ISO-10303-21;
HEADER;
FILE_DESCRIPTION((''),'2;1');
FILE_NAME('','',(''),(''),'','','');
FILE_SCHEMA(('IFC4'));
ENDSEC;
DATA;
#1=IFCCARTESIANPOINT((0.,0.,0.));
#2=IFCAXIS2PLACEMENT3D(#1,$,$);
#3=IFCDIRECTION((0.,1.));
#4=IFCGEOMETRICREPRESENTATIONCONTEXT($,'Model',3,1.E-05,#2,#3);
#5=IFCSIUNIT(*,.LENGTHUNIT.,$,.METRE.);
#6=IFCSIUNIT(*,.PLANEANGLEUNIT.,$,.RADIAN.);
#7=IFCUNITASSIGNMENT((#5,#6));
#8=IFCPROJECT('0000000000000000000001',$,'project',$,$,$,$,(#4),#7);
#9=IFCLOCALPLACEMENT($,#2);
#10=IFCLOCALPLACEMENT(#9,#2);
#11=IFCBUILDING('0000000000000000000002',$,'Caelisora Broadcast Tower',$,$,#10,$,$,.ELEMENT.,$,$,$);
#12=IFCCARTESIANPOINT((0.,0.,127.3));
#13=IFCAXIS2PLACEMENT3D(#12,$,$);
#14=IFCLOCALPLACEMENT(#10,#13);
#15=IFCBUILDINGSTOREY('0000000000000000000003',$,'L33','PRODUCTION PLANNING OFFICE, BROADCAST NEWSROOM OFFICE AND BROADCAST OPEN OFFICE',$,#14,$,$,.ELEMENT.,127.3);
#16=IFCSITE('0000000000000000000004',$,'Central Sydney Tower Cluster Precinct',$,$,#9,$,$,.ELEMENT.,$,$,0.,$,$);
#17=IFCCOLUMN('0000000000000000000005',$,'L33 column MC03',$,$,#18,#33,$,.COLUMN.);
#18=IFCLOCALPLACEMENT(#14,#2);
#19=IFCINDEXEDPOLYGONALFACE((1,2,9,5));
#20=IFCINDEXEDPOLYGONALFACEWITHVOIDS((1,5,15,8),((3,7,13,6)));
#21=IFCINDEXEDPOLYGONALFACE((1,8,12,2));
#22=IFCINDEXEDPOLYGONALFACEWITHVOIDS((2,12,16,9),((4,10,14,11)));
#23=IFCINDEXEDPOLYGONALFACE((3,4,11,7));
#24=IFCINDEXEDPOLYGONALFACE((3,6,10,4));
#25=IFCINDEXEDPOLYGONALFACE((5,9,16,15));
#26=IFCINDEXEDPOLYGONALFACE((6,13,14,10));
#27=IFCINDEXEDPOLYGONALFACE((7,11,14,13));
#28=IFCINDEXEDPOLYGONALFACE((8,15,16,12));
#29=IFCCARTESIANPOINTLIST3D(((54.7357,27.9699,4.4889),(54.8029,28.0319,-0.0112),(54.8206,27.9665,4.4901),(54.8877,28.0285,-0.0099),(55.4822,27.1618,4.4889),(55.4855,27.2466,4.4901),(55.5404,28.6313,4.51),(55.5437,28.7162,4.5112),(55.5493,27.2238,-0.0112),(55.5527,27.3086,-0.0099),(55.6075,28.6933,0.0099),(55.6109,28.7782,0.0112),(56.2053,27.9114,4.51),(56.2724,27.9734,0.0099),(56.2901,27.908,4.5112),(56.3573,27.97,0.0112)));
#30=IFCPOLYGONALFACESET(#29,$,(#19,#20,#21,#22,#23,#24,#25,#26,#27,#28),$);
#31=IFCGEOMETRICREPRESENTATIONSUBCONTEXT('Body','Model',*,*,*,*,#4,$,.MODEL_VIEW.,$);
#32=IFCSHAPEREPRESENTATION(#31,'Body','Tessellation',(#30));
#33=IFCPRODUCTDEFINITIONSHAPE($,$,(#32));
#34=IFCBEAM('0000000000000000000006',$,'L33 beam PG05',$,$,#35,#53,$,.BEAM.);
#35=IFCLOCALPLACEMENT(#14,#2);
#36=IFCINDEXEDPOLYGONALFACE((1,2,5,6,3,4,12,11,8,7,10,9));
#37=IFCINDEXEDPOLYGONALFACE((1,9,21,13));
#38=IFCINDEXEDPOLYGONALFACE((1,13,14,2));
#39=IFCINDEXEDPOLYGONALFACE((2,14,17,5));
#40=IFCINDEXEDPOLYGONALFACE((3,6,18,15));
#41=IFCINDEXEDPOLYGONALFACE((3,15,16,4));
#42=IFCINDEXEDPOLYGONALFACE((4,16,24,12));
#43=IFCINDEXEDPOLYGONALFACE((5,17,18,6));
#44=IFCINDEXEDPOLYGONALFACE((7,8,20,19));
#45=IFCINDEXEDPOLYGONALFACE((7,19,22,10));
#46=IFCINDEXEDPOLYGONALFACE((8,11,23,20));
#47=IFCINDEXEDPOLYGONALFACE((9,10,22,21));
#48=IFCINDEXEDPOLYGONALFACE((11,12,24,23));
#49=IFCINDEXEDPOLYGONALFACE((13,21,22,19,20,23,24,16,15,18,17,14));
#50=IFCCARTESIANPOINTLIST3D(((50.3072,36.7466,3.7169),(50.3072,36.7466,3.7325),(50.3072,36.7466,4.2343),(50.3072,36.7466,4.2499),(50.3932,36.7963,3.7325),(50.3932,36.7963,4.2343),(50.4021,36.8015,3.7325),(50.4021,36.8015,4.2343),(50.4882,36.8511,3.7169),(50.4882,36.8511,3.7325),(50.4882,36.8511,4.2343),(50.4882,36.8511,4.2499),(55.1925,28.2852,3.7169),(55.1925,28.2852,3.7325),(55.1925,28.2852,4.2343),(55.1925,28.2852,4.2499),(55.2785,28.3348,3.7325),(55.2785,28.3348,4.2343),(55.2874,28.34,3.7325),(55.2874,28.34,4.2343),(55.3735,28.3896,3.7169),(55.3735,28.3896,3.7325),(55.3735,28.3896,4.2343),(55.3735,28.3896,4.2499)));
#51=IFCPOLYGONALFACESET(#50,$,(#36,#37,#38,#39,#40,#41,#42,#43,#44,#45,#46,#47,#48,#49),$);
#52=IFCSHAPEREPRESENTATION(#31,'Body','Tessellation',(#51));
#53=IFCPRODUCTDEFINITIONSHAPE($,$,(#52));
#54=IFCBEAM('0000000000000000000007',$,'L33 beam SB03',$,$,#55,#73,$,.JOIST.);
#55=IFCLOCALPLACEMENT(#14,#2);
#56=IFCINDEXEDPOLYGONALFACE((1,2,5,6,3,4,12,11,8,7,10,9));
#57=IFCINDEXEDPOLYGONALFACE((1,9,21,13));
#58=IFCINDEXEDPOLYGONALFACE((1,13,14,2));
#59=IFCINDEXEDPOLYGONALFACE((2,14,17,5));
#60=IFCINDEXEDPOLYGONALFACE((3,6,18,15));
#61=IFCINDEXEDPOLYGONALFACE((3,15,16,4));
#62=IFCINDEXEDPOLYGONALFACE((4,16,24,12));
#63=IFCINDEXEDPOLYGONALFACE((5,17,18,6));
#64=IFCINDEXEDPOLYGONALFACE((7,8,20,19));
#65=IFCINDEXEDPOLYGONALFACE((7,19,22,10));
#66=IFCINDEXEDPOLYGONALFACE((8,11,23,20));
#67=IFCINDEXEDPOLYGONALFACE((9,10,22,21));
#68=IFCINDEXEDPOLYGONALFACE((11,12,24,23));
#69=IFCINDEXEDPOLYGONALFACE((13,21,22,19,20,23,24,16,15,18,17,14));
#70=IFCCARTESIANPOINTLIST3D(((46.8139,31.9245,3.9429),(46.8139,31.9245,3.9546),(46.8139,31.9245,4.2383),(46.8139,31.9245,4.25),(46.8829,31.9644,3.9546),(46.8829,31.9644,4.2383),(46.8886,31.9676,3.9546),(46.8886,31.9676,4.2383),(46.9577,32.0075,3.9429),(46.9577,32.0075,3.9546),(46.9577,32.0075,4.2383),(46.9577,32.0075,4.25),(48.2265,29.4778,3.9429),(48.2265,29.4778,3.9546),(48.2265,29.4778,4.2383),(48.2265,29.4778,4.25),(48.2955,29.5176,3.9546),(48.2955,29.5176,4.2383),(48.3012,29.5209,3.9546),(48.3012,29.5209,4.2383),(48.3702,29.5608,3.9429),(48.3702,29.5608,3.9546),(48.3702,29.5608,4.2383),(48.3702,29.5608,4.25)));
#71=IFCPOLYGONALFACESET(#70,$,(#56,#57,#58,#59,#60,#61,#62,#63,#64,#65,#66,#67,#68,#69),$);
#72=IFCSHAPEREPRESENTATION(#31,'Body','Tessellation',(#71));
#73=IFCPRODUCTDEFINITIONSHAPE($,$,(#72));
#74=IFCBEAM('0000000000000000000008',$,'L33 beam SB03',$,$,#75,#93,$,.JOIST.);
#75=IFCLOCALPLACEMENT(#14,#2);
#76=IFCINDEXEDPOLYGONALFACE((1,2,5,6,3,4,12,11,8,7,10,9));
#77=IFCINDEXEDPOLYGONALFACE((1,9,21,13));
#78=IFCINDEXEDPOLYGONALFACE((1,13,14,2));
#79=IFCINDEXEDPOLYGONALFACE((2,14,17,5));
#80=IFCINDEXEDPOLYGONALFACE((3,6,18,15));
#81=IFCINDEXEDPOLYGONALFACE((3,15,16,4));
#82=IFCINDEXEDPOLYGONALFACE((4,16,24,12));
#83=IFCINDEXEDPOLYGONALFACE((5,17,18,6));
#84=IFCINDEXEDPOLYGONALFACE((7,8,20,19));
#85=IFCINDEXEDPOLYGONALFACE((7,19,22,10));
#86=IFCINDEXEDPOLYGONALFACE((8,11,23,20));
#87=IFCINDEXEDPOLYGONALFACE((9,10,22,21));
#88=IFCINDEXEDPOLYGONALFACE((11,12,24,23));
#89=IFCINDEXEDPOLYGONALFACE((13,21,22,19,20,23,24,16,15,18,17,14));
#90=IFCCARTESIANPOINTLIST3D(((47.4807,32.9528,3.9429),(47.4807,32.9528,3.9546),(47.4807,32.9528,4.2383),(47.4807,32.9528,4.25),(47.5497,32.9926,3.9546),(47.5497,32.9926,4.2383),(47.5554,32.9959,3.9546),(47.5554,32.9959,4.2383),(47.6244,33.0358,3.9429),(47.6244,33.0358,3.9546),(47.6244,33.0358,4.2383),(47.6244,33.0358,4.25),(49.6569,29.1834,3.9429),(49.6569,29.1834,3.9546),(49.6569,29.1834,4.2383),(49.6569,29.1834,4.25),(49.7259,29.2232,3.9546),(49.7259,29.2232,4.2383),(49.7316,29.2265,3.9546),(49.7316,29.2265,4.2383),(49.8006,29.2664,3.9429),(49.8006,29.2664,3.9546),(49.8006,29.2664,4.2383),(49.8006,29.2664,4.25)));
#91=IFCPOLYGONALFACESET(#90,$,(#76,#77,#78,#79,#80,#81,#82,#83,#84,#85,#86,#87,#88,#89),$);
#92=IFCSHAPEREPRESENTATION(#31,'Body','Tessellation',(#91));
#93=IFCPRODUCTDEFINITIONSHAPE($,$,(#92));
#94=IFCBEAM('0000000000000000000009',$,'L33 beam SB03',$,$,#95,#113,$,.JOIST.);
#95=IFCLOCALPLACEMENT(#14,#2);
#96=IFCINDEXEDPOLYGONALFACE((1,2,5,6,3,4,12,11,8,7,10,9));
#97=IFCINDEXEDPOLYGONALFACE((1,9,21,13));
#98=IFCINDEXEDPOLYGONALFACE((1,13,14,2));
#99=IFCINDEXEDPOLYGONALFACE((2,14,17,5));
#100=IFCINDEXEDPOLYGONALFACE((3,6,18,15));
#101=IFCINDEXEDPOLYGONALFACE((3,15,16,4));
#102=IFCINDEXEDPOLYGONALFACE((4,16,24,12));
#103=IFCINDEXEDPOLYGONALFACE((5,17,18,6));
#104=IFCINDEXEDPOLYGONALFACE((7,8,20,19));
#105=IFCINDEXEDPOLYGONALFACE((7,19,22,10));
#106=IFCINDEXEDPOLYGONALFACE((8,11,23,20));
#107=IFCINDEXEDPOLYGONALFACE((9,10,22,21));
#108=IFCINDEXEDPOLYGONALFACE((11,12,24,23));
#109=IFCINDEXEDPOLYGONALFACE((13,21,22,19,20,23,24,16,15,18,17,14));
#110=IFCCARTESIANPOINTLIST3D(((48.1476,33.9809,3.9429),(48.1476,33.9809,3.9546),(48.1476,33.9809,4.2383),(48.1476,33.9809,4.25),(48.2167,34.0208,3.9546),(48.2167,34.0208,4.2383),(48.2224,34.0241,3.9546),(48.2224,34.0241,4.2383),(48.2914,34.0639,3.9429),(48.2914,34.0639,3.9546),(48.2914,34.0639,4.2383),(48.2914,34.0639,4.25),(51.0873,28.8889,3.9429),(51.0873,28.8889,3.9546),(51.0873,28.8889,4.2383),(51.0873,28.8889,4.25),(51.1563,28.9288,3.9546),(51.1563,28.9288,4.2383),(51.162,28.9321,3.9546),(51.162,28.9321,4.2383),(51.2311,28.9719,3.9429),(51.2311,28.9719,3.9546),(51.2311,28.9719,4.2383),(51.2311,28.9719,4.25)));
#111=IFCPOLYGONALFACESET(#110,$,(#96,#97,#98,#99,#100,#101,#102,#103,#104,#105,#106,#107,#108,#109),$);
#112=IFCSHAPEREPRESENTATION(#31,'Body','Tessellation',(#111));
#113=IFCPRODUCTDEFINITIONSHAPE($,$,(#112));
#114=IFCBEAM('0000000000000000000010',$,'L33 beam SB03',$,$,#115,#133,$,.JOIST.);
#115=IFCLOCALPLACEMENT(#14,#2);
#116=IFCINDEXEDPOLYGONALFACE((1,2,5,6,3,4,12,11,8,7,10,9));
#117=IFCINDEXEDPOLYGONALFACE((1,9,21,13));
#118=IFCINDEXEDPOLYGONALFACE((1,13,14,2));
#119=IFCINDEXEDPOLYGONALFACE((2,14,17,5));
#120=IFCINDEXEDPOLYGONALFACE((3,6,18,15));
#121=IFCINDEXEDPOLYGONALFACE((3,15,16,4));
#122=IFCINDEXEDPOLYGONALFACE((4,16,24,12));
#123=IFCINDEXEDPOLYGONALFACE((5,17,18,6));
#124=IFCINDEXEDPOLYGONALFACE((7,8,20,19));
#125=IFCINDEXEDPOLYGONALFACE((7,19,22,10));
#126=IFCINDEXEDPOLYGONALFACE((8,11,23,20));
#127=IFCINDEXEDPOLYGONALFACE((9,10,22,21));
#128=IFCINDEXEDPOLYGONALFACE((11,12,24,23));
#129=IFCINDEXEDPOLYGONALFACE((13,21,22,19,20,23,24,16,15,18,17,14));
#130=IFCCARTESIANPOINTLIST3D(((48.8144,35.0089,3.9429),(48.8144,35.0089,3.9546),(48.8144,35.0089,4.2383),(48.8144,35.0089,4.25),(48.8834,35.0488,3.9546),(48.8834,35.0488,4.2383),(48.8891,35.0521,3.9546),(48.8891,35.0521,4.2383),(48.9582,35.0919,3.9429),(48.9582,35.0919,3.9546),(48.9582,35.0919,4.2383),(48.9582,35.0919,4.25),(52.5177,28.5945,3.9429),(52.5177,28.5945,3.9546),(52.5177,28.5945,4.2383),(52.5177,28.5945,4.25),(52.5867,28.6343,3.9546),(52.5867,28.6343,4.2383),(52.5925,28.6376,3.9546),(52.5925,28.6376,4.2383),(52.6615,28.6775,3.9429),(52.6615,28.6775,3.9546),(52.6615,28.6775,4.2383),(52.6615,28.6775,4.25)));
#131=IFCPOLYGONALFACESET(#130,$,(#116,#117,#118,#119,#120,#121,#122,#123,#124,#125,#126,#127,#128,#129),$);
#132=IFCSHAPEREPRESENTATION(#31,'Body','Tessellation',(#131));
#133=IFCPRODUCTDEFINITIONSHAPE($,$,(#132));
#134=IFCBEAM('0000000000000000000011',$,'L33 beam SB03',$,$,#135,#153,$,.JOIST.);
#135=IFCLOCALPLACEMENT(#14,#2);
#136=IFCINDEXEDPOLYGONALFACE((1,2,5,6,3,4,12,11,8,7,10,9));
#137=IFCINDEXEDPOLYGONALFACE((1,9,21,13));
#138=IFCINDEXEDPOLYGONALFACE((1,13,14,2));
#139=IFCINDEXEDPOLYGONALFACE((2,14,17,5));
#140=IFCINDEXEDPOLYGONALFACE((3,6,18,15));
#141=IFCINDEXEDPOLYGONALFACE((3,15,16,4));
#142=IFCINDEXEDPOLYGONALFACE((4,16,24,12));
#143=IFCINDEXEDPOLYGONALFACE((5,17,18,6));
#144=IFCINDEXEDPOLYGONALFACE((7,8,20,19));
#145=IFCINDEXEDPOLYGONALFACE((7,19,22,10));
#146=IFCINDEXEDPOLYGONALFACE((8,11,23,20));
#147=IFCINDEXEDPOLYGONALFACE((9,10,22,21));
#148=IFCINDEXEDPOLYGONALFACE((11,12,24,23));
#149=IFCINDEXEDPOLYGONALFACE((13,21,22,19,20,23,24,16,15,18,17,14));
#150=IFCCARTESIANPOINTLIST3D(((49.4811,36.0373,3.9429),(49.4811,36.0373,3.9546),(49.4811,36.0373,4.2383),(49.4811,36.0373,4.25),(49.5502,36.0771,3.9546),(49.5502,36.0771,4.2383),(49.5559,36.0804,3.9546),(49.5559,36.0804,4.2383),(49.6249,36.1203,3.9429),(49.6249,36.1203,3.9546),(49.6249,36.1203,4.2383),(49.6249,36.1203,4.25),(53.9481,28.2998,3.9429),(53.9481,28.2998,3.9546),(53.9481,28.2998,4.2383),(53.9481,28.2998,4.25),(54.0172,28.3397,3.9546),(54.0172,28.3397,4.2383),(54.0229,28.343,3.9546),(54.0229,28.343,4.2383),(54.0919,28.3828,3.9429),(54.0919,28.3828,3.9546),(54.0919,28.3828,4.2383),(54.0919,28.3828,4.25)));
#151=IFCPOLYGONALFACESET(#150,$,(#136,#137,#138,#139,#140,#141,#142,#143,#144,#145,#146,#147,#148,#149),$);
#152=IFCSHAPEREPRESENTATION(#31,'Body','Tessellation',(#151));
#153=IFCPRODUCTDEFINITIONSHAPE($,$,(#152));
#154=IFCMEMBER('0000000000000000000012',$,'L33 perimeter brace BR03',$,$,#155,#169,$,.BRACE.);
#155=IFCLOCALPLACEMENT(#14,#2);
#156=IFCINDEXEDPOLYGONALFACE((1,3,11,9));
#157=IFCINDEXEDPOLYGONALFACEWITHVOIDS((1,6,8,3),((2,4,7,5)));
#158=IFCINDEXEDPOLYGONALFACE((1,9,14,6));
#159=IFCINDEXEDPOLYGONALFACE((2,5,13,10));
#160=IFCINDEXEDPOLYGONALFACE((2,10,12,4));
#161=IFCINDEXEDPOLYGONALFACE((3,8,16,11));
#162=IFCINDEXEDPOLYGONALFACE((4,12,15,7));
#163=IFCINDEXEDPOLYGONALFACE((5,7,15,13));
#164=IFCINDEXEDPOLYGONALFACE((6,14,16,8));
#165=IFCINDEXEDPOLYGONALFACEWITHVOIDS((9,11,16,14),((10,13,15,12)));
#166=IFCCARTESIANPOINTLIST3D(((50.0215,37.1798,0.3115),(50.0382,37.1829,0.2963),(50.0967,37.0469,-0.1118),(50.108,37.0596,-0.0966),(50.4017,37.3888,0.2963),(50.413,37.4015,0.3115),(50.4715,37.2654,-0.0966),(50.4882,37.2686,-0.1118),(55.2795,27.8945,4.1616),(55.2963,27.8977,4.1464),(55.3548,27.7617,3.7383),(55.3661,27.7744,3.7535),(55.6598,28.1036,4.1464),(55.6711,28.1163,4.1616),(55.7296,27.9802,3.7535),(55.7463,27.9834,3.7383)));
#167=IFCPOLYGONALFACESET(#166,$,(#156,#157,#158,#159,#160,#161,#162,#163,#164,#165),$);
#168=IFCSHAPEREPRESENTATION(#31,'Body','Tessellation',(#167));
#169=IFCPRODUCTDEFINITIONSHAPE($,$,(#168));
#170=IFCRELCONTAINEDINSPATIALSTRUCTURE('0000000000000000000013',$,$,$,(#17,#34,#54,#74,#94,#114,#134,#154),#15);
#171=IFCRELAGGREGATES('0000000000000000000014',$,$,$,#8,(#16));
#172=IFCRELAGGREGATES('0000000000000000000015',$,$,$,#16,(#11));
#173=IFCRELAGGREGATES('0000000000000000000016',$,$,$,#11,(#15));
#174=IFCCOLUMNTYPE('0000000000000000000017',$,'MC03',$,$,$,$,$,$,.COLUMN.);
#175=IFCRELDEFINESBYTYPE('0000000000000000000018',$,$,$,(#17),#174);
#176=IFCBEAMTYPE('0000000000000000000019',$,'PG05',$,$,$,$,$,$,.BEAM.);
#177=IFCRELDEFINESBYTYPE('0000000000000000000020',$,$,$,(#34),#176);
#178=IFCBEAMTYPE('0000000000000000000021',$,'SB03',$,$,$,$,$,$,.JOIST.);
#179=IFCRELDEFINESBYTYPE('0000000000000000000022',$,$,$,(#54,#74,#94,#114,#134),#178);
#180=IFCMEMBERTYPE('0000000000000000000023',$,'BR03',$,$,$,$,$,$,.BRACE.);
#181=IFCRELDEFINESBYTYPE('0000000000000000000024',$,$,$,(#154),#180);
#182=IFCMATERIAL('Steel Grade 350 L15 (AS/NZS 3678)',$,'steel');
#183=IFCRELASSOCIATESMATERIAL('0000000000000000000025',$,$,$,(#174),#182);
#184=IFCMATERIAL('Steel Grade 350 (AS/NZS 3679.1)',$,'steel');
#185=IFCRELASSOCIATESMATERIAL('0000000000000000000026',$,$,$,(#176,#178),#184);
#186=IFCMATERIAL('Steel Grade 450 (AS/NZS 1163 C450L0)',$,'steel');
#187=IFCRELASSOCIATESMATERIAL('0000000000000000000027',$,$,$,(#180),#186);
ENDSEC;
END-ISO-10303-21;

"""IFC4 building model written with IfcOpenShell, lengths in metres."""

from ifc_helpers import new_model, si_unit, direction, frame, origin, origin_2d, place, context, subcontext, project, spatial, hollow_rectangle, i_section, extrude, source, transform, mapped, material, material_profile, profile_set, type_object, type_shapes, element, save


model = new_model("IFC4")

# Units and contexts
model_context = context("Model", 3, precision=1e-05, world=origin(), true_north=direction((0.0, 1.0)))
body_context = subcontext(model_context, "Body", "Model", "MODEL_VIEW")
ifc_project = project(units=[si_unit("LENGTHUNIT", "METRE"), si_unit("PLANEANGLEUNIT", "RADIAN")], contexts=[model_context])

# Site, building, storey
site_placement = place(None, origin())
site = spatial("IfcSite", under=ifc_project, at=site_placement, Name="Central Sydney Tower Cluster Precinct", CompositionType="ELEMENT", RefElevation=0.0)
building_placement = place(site_placement, origin())
building = spatial("IfcBuilding", under=site, at=building_placement, Name="Caelisora Broadcast Tower", CompositionType="ELEMENT")
storey_placement = place(building_placement, frame((0.0, 0.0, 127.3)))
storey = spatial("IfcBuildingStorey", under=building, at=storey_placement, Name="L33", Description="PRODUCTION PLANNING OFFICE, BROADCAST NEWSROOM OFFICE AND BROADCAST OPEN OFFICE", CompositionType="ELEMENT", Elevation=127.3)

# Column
ifc_material_1 = material(Name="Steel Grade 350 L15 (AS/NZS 3678)", Category="steel")
ifc_material_profile_1 = material_profile(ifc_material_1, hollow_rectangle(XDim=1.1001, YDim=1.1001, WallThickness=0.0601, at=origin_2d()), Name="Steel Grade 350 L15 (AS/NZS 3678)")
ifc_profile_set_1 = profile_set([ifc_material_profile_1], Name="Steel Grade 350 L15 (AS/NZS 3678)")
column_type = type_object("IfcColumnType", Name="MC03", PredefinedType="COLUMN", material=ifc_profile_set_1)
shared_shape_1 = source(origin(), body_context, "Body", "SweptSolid", [
    extrude(hollow_rectangle(XDim=1.1001, YDim=1.1001, WallThickness=0.0601, at=origin_2d()), origin(), (0.0, 0.0, 1.0), 4.501),
])
type_shapes(column_type, [shared_shape_1])
column_placement = place(storey_placement, frame((55.5801, 28.001, 0.0), z_axis=(-0.014917, -0.013778, 0.999794), x_axis=(0.678502, -0.734599, 0.0)))
element("IfcColumn", 1, at=column_placement, inside=storey, type_object=column_type, Name="L33 column MC03", PredefinedType="COLUMN", context=body_context, shape_type="MappedRepresentation", body=[
    mapped(shared_shape_1, transform((0.0, 0.0, 0.0), scale=1.0)),
])

# Beams
ifc_material_2 = material(Name="Steel Grade 350 (AS/NZS 3679.1)", Category="steel")
ifc_material_profile_2 = material_profile(ifc_material_2, i_section(OverallWidth=0.209, OverallDepth=0.533, WebThickness=0.0103, FlangeThickness=0.0156, at=origin_2d()), Name="Steel Grade 350 (AS/NZS 3679.1)")
ifc_profile_set_2 = profile_set([ifc_material_profile_2], Name="Steel Grade 350 (AS/NZS 3679.1)")
beam_type_1 = type_object("IfcBeamType", Name="PG05", PredefinedType="BEAM", material=ifc_profile_set_2)
shared_shape_2 = source(origin(), body_context, "Body", "SweptSolid", [
    extrude(i_section(OverallWidth=0.209, OverallDepth=0.533, WebThickness=0.0103, FlangeThickness=0.0156, at=origin_2d()), origin(), (0.0, 0.0, 1.0), 9.7705),
])
type_shapes(beam_type_1, [shared_shape_2])
beam_1_placement = place(storey_placement, frame((55.283, 28.3374, 3.9834), z_axis=(-0.500004, 0.866023, 0.0), x_axis=(-0.866023, -0.500004, 0.0)))
element("IfcBeam", 2, at=beam_1_placement, inside=storey, type_object=beam_type_1, Name="L33 beam PG05", PredefinedType="BEAM", context=body_context, shape_type="MappedRepresentation", body=[
    mapped(shared_shape_2, transform((0.0, 0.0, 0.0), scale=1.0)),
])
ifc_material_profile_3 = material_profile(ifc_material_2, i_section(OverallWidth=0.166, OverallDepth=0.3071, WebThickness=0.0066, FlangeThickness=0.0117, at=origin_2d()), Name="Steel Grade 350 (AS/NZS 3679.1)")
ifc_profile_set_3 = profile_set([ifc_material_profile_3], Name="Steel Grade 350 (AS/NZS 3679.1)")
beam_type_2 = type_object("IfcBeamType", Name="SB03", PredefinedType="JOIST", material=ifc_profile_set_3)
shared_shape_3 = source(origin(), body_context, "Body", "SweptSolid", [
    extrude(i_section(OverallWidth=0.166, OverallDepth=0.3071, WebThickness=0.0066, FlangeThickness=0.0117, at=origin_2d()), origin(), (0.0, 0.0, 1.0), 2.8252),
])
beam_2_placement = place(storey_placement, frame((48.2983, 29.5193, 4.0964), z_axis=(-0.499987, 0.866033, 0.0), x_axis=(-0.866033, -0.499987, 0.0)))
element("IfcBeam", 3, at=beam_2_placement, inside=storey, type_object=beam_type_2, Name="L33 beam SB03", PredefinedType="JOIST", context=body_context, shape_type="MappedRepresentation", body=[
    mapped(shared_shape_3, transform((0.0, 0.0, 0.0), scale=1.0)),
])
shared_shape_4 = source(origin(), body_context, "Body", "SweptSolid", [
    extrude(i_section(OverallWidth=0.166, OverallDepth=0.3071, WebThickness=0.0066, FlangeThickness=0.0117, at=origin_2d()), origin(), (0.0, 0.0, 1.0), 4.3525),
])
beam_3_placement = place(storey_placement, frame((49.7288, 29.2249, 4.0964), z_axis=(-0.499988, 0.866032, 0.0), x_axis=(-0.866032, -0.499988, 0.0)))
element("IfcBeam", 4, at=beam_3_placement, inside=storey, type_object=beam_type_2, Name="L33 beam SB03", PredefinedType="JOIST", context=body_context, shape_type="MappedRepresentation", body=[
    mapped(shared_shape_4, transform((0.0, 0.0, 0.0), scale=1.0)),
])
shared_shape_5 = source(origin(), body_context, "Body", "SweptSolid", [
    extrude(i_section(OverallWidth=0.166, OverallDepth=0.3071, WebThickness=0.0066, FlangeThickness=0.0117, at=origin_2d()), origin(), (0.0, 0.0, 1.0), 5.8796),
])
beam_4_placement = place(storey_placement, frame((51.1592, 28.9304, 4.0964), z_axis=(-0.499975, 0.86604, 0.0), x_axis=(-0.86604, -0.499975, 0.0)))
element("IfcBeam", 5, at=beam_4_placement, inside=storey, type_object=beam_type_2, Name="L33 beam SB03", PredefinedType="JOIST", context=body_context, shape_type="MappedRepresentation", body=[
    mapped(shared_shape_5, transform((0.0, 0.0, 0.0), scale=1.0)),
])
shared_shape_6 = source(origin(), body_context, "Body", "SweptSolid", [
    extrude(i_section(OverallWidth=0.166, OverallDepth=0.3071, WebThickness=0.0066, FlangeThickness=0.0117, at=origin_2d()), origin(), (0.0, 0.0, 1.0), 7.4067),
])
beam_5_placement = place(storey_placement, frame((52.5896, 28.636, 4.0964), z_axis=(-0.499993, 0.86603, 0.0), x_axis=(-0.86603, -0.499993, 0.0)))
element("IfcBeam", 6, at=beam_5_placement, inside=storey, type_object=beam_type_2, Name="L33 beam SB03", PredefinedType="JOIST", context=body_context, shape_type="MappedRepresentation", body=[
    mapped(shared_shape_6, transform((0.0, 0.0, 0.0), scale=1.0)),
])
shared_shape_7 = source(origin(), body_context, "Body", "SweptSolid", [
    extrude(i_section(OverallWidth=0.166, OverallDepth=0.3071, WebThickness=0.0066, FlangeThickness=0.0117, at=origin_2d()), origin(), (0.0, 0.0, 1.0), 8.9343),
])
type_shapes(beam_type_2, [shared_shape_3, shared_shape_4, shared_shape_5, shared_shape_6, shared_shape_7])
beam_6_placement = place(storey_placement, frame((54.02, 28.3413, 4.0964), z_axis=(-0.49998, 0.866037, 0.0), x_axis=(-0.866037, -0.49998, 0.0)))
element("IfcBeam", 7, at=beam_6_placement, inside=storey, type_object=beam_type_2, Name="L33 beam SB03", PredefinedType="JOIST", context=body_context, shape_type="MappedRepresentation", body=[
    mapped(shared_shape_7, transform((0.0, 0.0, 0.0), scale=1.0)),
])

# Member
ifc_material_3 = material(Name="Steel Grade 450 (AS/NZS 1163 C450L0)", Category="steel")
ifc_material_profile_4 = material_profile(ifc_material_3, hollow_rectangle(XDim=0.45, YDim=0.45, WallThickness=0.0161, at=origin_2d()), Name="Steel Grade 450 (AS/NZS 1163 C450L0)")
ifc_profile_set_4 = profile_set([ifc_material_profile_4], Name="Steel Grade 450 (AS/NZS 1163 C450L0)")
member_type_1 = type_object("IfcMemberType", Name="BR03", PredefinedType="BRACE", material=ifc_profile_set_4)
shared_shape_8 = source(origin(), body_context, "Body", "SweptSolid", [
    extrude(hollow_rectangle(XDim=0.45, YDim=0.45, WallThickness=0.0161, at=origin_2d()), origin(), (0.0, 0.0, 1.0), 11.344),
])
type_shapes(member_type_1, [shared_shape_8])
member_1_placement = place(storey_placement, frame((55.5129, 27.939, 3.95), z_axis=(-0.463513, 0.818514, -0.339397), x_axis=(-0.870164, -0.492762, 0.0)))
element("IfcMember", 8, at=member_1_placement, inside=storey, type_object=member_type_1, Name="L33 perimeter brace BR03", PredefinedType="BRACE", context=body_context, shape_type="MappedRepresentation", body=[
    mapped(shared_shape_8, transform((0.0, 0.0, 0.0), scale=1.0)),
])

save(model, "model.ifc")
